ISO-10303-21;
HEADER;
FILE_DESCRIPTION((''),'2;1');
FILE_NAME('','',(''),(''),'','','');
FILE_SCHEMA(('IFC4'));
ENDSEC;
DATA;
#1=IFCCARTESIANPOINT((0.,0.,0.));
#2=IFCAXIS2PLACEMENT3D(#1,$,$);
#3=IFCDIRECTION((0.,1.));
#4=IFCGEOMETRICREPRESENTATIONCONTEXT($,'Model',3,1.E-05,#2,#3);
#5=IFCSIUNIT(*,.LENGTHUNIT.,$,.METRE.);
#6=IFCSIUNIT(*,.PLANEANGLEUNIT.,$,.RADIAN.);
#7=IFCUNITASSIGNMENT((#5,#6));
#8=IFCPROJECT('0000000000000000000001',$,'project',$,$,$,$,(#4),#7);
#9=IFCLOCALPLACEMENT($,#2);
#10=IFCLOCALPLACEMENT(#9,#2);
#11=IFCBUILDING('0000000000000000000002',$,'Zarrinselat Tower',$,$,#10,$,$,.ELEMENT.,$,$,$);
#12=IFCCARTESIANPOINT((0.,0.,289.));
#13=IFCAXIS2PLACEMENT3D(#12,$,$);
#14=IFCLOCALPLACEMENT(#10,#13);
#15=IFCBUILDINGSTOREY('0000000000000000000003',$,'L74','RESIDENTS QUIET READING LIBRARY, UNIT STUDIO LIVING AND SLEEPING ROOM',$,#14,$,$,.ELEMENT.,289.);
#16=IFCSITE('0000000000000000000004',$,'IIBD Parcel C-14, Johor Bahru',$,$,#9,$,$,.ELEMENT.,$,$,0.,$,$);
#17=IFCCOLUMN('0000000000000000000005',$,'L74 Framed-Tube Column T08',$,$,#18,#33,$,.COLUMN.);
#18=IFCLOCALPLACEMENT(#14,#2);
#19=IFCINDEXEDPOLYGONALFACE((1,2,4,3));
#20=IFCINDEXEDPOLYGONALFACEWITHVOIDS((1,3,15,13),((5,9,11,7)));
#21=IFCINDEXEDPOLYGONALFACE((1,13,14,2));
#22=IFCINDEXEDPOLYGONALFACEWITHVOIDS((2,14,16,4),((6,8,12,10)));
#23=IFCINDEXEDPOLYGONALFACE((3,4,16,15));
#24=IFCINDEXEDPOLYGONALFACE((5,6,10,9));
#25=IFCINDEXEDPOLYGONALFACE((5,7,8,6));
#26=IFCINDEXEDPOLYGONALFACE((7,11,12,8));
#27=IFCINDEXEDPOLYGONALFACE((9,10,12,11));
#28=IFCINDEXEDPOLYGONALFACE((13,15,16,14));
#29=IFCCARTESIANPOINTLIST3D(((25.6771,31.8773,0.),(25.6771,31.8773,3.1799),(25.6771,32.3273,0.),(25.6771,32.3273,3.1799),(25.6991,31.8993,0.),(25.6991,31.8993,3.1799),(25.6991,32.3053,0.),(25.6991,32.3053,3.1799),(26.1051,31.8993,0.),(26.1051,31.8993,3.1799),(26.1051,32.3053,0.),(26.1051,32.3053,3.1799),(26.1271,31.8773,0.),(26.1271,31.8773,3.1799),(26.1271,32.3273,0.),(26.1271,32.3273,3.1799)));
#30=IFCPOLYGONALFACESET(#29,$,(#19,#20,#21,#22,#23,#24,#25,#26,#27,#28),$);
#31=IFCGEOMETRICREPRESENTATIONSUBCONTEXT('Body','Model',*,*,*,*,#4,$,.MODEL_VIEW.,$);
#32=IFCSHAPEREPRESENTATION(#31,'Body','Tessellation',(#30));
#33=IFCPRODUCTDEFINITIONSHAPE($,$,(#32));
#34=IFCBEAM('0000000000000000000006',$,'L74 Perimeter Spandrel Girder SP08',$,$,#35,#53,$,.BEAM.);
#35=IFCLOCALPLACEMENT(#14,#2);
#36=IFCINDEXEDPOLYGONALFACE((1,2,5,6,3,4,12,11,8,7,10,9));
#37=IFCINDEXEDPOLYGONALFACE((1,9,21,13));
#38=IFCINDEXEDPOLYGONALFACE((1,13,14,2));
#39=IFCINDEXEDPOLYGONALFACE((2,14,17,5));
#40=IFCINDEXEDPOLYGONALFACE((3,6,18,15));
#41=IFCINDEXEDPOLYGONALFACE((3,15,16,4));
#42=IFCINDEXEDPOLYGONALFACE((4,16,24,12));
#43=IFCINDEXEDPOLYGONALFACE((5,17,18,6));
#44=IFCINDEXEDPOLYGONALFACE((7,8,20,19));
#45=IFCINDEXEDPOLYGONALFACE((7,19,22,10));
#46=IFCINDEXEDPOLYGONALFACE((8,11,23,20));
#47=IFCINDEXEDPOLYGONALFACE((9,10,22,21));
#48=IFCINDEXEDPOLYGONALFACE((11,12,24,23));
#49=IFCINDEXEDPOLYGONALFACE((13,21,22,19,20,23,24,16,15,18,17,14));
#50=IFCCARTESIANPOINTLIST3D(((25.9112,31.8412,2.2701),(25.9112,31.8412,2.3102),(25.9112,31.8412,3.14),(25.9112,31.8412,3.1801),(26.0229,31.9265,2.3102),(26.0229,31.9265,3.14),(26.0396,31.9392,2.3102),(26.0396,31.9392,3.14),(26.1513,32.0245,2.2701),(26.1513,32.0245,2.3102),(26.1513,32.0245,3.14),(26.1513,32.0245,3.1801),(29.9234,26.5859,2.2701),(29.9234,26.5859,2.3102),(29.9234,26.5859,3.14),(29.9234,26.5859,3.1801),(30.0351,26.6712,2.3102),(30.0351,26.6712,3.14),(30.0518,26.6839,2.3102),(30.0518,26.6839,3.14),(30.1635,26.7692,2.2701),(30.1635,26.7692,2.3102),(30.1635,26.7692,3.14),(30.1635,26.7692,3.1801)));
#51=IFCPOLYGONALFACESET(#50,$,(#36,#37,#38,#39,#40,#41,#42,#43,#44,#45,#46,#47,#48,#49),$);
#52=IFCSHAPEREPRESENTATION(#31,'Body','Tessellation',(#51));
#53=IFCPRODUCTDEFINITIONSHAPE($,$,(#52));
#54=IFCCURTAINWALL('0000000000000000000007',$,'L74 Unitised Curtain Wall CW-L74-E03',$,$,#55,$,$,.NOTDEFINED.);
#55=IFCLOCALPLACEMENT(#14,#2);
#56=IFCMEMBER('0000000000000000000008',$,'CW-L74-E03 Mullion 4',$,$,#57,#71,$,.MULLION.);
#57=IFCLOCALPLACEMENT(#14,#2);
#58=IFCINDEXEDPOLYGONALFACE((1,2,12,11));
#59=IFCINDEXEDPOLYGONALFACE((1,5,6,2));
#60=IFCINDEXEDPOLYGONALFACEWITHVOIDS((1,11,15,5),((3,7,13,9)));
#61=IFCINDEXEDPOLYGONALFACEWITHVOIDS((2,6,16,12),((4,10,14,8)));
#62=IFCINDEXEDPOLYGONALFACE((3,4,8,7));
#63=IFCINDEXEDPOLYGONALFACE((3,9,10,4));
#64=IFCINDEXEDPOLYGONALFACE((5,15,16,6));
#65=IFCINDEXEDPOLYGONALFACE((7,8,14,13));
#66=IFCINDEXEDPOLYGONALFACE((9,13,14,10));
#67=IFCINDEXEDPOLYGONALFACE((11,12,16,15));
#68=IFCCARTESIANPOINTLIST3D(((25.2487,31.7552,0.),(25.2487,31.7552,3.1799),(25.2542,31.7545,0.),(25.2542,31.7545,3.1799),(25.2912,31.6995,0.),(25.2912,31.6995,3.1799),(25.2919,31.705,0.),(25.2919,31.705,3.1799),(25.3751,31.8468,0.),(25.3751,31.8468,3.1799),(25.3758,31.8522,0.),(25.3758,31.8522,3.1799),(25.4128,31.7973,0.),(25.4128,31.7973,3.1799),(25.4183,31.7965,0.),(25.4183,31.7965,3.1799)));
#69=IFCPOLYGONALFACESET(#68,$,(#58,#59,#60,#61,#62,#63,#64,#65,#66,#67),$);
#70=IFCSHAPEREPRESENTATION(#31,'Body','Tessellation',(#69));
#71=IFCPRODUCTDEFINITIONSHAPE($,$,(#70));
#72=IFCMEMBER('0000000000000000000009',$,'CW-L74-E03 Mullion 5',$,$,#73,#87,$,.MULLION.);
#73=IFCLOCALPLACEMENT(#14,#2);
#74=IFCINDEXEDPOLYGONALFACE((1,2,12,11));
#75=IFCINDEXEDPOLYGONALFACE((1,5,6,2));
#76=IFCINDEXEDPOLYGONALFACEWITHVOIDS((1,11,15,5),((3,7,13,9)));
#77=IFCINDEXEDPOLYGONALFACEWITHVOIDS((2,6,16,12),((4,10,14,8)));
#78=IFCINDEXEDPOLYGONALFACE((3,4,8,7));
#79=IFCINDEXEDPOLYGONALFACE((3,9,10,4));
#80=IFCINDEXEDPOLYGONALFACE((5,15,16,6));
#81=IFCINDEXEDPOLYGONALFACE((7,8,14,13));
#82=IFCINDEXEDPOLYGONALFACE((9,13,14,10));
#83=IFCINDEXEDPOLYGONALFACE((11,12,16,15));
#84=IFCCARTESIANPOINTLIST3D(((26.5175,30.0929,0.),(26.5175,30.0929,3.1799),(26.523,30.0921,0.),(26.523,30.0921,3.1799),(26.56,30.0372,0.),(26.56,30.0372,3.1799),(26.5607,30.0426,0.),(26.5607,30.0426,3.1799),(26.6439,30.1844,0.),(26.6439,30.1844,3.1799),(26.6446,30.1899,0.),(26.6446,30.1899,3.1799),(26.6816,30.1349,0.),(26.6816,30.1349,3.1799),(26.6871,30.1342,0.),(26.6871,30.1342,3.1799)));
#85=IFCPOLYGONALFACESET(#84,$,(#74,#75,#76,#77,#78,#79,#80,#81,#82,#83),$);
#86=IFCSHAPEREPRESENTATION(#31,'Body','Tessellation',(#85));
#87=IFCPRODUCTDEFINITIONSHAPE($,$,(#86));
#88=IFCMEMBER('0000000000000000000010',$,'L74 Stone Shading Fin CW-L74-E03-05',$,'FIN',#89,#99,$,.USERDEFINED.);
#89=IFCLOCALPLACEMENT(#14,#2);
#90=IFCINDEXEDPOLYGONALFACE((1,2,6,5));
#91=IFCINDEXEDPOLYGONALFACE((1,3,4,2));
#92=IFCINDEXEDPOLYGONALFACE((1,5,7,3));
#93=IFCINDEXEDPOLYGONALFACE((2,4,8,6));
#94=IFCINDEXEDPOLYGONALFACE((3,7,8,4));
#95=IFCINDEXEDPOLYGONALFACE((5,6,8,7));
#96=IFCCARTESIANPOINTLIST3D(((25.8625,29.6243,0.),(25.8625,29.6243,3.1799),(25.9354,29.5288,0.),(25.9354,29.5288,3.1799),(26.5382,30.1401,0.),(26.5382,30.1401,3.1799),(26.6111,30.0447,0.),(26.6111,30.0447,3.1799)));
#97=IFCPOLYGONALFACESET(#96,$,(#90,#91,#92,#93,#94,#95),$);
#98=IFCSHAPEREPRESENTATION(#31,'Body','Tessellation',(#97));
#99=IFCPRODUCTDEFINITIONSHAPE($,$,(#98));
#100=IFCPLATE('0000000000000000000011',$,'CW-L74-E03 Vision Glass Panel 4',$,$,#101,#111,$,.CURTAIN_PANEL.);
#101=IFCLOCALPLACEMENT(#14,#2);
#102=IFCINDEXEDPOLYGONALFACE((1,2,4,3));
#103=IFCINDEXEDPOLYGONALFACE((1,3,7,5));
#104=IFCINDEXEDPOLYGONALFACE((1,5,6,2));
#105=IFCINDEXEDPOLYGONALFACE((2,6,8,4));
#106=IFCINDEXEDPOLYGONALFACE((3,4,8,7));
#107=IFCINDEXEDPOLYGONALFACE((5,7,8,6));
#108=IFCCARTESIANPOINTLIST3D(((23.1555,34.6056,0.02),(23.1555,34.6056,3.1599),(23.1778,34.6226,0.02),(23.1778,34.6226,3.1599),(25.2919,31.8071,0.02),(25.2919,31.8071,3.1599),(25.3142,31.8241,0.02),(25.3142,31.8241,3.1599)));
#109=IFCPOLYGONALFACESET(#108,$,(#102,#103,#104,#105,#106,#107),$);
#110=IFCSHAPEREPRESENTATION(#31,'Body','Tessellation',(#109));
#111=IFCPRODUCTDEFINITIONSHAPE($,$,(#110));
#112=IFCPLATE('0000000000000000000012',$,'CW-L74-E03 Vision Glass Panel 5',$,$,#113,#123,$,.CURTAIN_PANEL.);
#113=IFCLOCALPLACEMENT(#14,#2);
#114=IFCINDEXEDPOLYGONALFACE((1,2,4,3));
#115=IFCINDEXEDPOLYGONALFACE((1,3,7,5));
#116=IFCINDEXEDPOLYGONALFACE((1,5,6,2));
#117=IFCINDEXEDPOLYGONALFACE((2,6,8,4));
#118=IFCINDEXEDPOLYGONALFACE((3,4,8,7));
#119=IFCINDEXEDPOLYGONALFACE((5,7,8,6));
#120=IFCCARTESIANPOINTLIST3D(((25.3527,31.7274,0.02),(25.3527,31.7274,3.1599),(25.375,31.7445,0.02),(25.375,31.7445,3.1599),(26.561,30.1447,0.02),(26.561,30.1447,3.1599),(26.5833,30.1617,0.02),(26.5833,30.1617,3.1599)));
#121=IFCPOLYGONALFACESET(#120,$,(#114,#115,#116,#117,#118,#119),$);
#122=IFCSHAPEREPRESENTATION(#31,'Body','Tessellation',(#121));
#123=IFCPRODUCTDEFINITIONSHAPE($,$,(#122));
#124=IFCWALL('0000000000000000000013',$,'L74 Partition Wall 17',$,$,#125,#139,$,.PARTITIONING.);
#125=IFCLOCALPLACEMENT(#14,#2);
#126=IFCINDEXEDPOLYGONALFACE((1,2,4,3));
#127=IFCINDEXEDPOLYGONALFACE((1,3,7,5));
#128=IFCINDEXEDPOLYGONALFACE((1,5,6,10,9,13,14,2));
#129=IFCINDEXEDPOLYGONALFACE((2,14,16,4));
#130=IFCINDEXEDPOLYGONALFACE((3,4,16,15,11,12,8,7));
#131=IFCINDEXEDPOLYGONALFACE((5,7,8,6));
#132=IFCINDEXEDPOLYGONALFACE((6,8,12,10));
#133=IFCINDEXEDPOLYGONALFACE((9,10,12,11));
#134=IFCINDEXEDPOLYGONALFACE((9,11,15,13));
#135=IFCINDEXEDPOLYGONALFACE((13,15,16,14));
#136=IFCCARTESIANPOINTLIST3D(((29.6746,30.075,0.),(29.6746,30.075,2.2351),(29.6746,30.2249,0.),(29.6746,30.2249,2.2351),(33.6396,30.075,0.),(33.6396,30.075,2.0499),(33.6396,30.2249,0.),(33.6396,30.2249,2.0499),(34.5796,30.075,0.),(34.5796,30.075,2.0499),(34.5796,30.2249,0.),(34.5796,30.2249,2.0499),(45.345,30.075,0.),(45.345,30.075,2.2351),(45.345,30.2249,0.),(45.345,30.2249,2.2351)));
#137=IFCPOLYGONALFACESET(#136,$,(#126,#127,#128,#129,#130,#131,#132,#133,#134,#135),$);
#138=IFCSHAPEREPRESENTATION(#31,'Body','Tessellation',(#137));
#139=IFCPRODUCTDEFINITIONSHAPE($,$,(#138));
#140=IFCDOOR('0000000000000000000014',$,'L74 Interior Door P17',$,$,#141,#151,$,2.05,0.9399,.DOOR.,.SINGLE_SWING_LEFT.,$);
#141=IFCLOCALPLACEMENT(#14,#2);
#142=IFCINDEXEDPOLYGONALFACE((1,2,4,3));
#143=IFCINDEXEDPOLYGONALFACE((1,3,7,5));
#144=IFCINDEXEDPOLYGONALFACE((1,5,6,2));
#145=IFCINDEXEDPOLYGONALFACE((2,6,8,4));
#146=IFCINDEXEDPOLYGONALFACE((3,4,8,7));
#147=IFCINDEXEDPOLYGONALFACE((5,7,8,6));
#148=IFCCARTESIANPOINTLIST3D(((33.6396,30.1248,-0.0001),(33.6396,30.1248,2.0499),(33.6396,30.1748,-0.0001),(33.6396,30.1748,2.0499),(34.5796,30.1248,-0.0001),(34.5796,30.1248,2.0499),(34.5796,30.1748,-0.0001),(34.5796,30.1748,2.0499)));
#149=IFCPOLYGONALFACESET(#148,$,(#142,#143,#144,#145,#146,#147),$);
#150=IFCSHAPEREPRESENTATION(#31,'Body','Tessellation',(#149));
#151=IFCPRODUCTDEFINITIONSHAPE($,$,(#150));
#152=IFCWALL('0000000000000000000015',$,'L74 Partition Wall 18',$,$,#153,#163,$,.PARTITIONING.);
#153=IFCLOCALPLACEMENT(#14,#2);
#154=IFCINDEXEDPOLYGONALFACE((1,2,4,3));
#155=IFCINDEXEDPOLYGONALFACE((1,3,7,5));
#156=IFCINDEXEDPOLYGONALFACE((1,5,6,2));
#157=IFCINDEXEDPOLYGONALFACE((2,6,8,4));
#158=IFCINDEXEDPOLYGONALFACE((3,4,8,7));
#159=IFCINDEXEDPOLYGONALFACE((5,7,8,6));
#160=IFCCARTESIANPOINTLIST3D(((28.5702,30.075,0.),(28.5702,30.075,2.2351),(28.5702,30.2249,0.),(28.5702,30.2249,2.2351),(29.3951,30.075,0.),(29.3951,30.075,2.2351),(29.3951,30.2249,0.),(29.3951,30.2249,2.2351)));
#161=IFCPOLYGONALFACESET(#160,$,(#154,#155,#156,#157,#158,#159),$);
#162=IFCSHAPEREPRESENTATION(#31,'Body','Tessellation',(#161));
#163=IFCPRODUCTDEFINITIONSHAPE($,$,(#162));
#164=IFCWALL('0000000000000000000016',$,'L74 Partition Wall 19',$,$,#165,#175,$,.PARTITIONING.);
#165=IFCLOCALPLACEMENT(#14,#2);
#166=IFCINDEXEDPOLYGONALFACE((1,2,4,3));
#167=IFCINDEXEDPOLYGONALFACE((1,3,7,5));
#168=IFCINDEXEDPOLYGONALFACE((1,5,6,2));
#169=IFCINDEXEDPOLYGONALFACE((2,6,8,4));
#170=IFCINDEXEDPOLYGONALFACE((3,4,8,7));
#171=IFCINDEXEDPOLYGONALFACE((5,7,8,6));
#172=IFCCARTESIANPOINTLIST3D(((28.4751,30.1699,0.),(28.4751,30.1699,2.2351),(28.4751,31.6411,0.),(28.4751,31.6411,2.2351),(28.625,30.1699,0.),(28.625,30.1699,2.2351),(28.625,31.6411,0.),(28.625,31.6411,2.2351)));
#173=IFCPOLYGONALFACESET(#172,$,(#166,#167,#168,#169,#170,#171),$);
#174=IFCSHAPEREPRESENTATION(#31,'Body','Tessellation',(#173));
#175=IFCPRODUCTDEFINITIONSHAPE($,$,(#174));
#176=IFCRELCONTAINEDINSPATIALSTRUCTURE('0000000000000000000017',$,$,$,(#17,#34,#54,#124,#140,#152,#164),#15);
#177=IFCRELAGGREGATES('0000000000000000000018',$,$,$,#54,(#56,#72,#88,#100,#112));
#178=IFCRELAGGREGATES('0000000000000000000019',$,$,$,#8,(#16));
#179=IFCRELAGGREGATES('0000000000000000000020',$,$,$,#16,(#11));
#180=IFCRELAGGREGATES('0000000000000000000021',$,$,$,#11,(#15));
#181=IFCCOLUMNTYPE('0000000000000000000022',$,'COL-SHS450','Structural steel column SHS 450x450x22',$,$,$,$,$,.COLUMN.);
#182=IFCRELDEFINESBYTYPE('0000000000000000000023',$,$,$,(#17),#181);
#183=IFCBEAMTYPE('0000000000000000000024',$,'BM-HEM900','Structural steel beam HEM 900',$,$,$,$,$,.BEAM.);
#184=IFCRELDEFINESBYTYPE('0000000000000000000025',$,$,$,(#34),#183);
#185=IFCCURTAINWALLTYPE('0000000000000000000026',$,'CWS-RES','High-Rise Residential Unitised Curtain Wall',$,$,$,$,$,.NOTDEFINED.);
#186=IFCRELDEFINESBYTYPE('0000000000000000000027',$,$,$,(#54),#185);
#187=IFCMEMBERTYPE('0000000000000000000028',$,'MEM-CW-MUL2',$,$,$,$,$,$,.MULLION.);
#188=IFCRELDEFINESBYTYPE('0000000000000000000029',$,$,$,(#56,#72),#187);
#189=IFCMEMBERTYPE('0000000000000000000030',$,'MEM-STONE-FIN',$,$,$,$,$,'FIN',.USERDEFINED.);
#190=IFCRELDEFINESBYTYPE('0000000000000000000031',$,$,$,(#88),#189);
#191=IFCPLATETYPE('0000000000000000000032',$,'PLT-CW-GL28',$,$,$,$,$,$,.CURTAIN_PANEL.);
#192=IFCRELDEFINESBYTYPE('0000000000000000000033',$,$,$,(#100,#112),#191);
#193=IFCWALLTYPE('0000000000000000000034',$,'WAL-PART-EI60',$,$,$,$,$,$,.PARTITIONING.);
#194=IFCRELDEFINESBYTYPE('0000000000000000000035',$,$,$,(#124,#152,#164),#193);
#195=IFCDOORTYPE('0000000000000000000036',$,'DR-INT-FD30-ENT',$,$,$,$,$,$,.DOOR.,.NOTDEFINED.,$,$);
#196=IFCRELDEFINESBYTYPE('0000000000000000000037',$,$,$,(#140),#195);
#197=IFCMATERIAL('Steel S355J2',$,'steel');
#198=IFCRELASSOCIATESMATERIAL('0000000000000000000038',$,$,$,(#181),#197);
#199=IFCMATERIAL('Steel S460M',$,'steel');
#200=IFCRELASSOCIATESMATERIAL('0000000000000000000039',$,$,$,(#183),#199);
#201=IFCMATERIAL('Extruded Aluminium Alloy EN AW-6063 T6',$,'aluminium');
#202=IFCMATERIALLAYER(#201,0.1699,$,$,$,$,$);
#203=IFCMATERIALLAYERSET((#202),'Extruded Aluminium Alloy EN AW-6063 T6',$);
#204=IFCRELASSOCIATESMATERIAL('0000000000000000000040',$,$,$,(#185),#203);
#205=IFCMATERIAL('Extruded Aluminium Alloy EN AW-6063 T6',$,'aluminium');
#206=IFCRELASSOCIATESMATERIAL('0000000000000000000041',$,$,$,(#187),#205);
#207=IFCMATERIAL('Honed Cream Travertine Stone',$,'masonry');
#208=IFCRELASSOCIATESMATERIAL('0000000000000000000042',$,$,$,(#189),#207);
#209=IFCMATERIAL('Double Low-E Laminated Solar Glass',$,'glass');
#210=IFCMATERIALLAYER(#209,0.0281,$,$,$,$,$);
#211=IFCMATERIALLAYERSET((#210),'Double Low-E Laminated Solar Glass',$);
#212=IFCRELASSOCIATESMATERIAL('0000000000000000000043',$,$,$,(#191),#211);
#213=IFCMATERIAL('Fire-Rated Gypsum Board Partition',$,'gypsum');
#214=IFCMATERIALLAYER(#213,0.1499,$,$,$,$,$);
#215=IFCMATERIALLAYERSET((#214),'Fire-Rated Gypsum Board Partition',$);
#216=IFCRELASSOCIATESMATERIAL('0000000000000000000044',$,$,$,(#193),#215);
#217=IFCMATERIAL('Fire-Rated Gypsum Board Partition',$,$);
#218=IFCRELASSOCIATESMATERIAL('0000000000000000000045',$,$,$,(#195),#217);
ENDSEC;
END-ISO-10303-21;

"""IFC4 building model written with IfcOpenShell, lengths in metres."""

from ifc_helpers import new_model, si_unit, direction, frame, frame_2d, origin, origin_2d, place, context, subcontext, project, spatial, rectangle, hollow_rectangle, i_section, extrude, material, layer, layer_set, material_profile, profile_set, type_object, element, fill, aggregate, save


model = new_model("IFC4")

# Units and contexts
model_context = context("Model", 3, precision=1e-05, world=origin(), true_north=direction((0.0, 1.0)))
body_context = subcontext(model_context, "Body", "Model", "MODEL_VIEW")
ifc_project = project(units=[si_unit("LENGTHUNIT", "METRE"), si_unit("PLANEANGLEUNIT", "RADIAN")], contexts=[model_context])

# Site, building, storey
site_placement = place(None, origin())
site = spatial("IfcSite", under=ifc_project, at=site_placement, Name="IIBD Parcel C-14, Johor Bahru", CompositionType="ELEMENT", RefElevation=0.0)
building_placement = place(site_placement, origin())
building = spatial("IfcBuilding", under=site, at=building_placement, Name="Zarrinselat Tower", CompositionType="ELEMENT")
storey_placement = place(building_placement, frame((0.0, 0.0, 289.0)))
storey = spatial("IfcBuildingStorey", under=building, at=storey_placement, Name="L74", Description="RESIDENTS QUIET READING LIBRARY, UNIT STUDIO LIVING AND SLEEPING ROOM", CompositionType="ELEMENT", Elevation=289.0)

# Column
ifc_material_1 = material(Name="Steel S355J2", Category="steel")
ifc_material_profile_1 = material_profile(ifc_material_1, hollow_rectangle(XDim=0.45, YDim=0.45, WallThickness=0.022, at=origin_2d()), Name="SHS 450x450x22")
ifc_profile_set_1 = profile_set([ifc_material_profile_1], Name="Steel S355J2")
column_type = type_object("IfcColumnType", Name="COL-SHS450", Description="Structural steel column SHS 450x450x22", PredefinedType="COLUMN", material=ifc_profile_set_1)
column_placement = place(storey_placement, frame((25.9021, 32.1023, 0.0), z_axis=(0.0, 0.0, 1.0), x_axis=(1.0, 0.0, 0.0)))
element("IfcColumn", 1, at=column_placement, inside=storey, type_object=column_type, Name="L74 Framed-Tube Column T08", PredefinedType="COLUMN", context=body_context, shape_type="SweptSolid", body=[
    extrude(hollow_rectangle(XDim=0.45, YDim=0.45, WallThickness=0.022, at=origin_2d()), origin(), (0.0, 0.0, 1.0), 3.1799),
])

# Beam
ifc_material_2 = material(Name="Steel S460M", Category="steel")
ifc_material_profile_2 = material_profile(ifc_material_2, i_section(OverallWidth=0.302, OverallDepth=0.9099, WebThickness=0.021, FlangeThickness=0.04, at=origin_2d()), Name="HEM 900")
ifc_profile_set_2 = profile_set([ifc_material_profile_2], Name="Steel S460M")
beam_type = type_object("IfcBeamType", Name="BM-HEM900", Description="Structural steel beam HEM 900", PredefinedType="BEAM", material=ifc_profile_set_2)
beam_placement = place(storey_placement, frame((26.0312, 31.9329, 2.7251), z_axis=(0.606819, -0.79484, 0.0), x_axis=(0.79484, 0.606819, 0.0)))
element("IfcBeam", 2, at=beam_placement, inside=storey, type_object=beam_type, Name="L74 Perimeter Spandrel Girder SP08", PredefinedType="BEAM", context=body_context, shape_type="SweptSolid", body=[
    extrude(i_section(OverallWidth=0.302, OverallDepth=0.9099, WebThickness=0.021, FlangeThickness=0.04, at=origin_2d()), origin(), (0.0, 0.0, 1.0), 6.6118),
])

# Curtain wall, members, plates
ifc_material_3 = material(Name="Extruded Aluminium Alloy EN AW-6063 T6", Category="aluminium")
ifc_layer_1 = layer(ifc_material_3, 0.1699)
ifc_layer_set_1 = layer_set([ifc_layer_1], Name="Extruded Aluminium Alloy EN AW-6063 T6")
curtain_wall_type = type_object("IfcCurtainWallType", Name="CWS-RES", Description="High-Rise Residential Unitised Curtain Wall", PredefinedType="NOTDEFINED", material=ifc_layer_set_1)
curtain_wall_placement = place(storey_placement, origin())
curtain_wall = element("IfcCurtainWall", 3, at=curtain_wall_placement, inside=storey, type_object=curtain_wall_type, Name="L74 Unitised Curtain Wall CW-L74-E03", PredefinedType="NOTDEFINED")
ifc_material_4 = material(Name="Extruded Aluminium Alloy EN AW-6063 T6", Category="aluminium")
ifc_material_profile_3 = material_profile(ifc_material_4, hollow_rectangle(XDim=0.0701, YDim=0.1599, WallThickness=0.0039, at=origin_2d()), Name="RHS 160x70x4")
ifc_profile_set_3 = profile_set([ifc_material_profile_3], Name="Extruded Aluminium Alloy EN AW-6063 T6")
member_type_1 = type_object("IfcMemberType", Name="MEM-CW-MUL2", PredefinedType="MULLION", material=ifc_profile_set_3)
member_1_placement = place(storey_placement, frame((25.3335, 31.7759, 0.0), z_axis=(0.0, 0.0, 1.0), x_axis=(0.606802, -0.794853, 0.0)))
member_1 = element("IfcMember", 4, at=member_1_placement, type_object=member_type_1, Name="CW-L74-E03 Mullion 4", PredefinedType="MULLION", context=body_context, shape_type="SweptSolid", body=[
    extrude(hollow_rectangle(XDim=0.0701, YDim=0.1599, WallThickness=0.0039, at=origin_2d()), origin(), (0.0, 0.0, 1.0), 3.1799),
])
member_2_placement = place(storey_placement, frame((26.6023, 30.1135, 0.0), z_axis=(0.0, 0.0, 1.0), x_axis=(0.606802, -0.794853, 0.0)))
member_2 = element("IfcMember", 5, at=member_2_placement, type_object=member_type_1, Name="CW-L74-E03 Mullion 5", PredefinedType="MULLION", context=body_context, shape_type="SweptSolid", body=[
    extrude(hollow_rectangle(XDim=0.0701, YDim=0.1599, WallThickness=0.0039, at=origin_2d()), origin(), (0.0, 0.0, 1.0), 3.1799),
])
ifc_material_5 = material(Name="Honed Cream Travertine Stone", Category="masonry")
ifc_material_profile_4 = material_profile(ifc_material_5, rectangle(XDim=0.1201, YDim=0.8501, at=origin_2d()), Name="FIN 850x120")
ifc_profile_set_4 = profile_set([ifc_material_profile_4], Name="Honed Cream Travertine Stone")
member_type_2 = type_object("IfcMemberType", Name="MEM-STONE-FIN", ElementType="FIN", PredefinedType="USERDEFINED", material=ifc_profile_set_4)
member_3_placement = place(storey_placement, frame((26.2368, 29.8345, 0.0), z_axis=(0.0, 0.0, 1.0), x_axis=(-0.606802, 0.794853, 0.0)))
member_3 = element("IfcMember", 6, at=member_3_placement, type_object=member_type_2, Name="L74 Stone Shading Fin CW-L74-E03-05", ObjectType="FIN", PredefinedType="USERDEFINED", context=body_context, shape_type="SweptSolid", body=[
    extrude(rectangle(XDim=0.1201, YDim=0.8501, at=origin_2d()), origin(), (0.0, 0.0, 1.0), 3.1799),
])
ifc_material_6 = material(Name="Double Low-E Laminated Solar Glass", Category="glass")
ifc_layer_2 = layer(ifc_material_6, 0.0281)
ifc_layer_set_2 = layer_set([ifc_layer_2], Name="Double Low-E Laminated Solar Glass")
plate_type = type_object("IfcPlateType", Name="PLT-CW-GL28", PredefinedType="CURTAIN_PANEL", material=ifc_layer_set_2)
plate_1_placement = place(storey_placement, frame((24.2349, 33.2148, 0.02), z_axis=(0.0, 0.0, 1.0), x_axis=(0.606802, -0.794853, 0.0)))
plate_1 = element("IfcPlate", 7, at=plate_1_placement, type_object=plate_type, Name="CW-L74-E03 Vision Glass Panel 4", PredefinedType="CURTAIN_PANEL", context=body_context, shape_type="SweptSolid", body=[
    extrude(rectangle(XDim=3.5208, YDim=0.0281, at=origin_2d()), origin(), (0.0, 0.0, 1.0), 3.1399),
])
plate_2_placement = place(storey_placement, frame((25.968, 30.9446, 0.02), z_axis=(0.0, 0.0, 1.0), x_axis=(0.606802, -0.794853, 0.0)))
plate_2 = element("IfcPlate", 8, at=plate_2_placement, type_object=plate_type, Name="CW-L74-E03 Vision Glass Panel 5", PredefinedType="CURTAIN_PANEL", context=body_context, shape_type="SweptSolid", body=[
    extrude(rectangle(XDim=1.9912, YDim=0.0281, at=origin_2d()), origin(), (0.0, 0.0, 1.0), 3.1399),
])
aggregate(curtain_wall, [member_1, member_2, member_3, plate_1, plate_2])

# Wall, opening, door
ifc_material_7 = material(Name="Fire-Rated Gypsum Board Partition", Category="gypsum")
ifc_layer_3 = layer(ifc_material_7, 0.1499)
ifc_layer_set_3 = layer_set([ifc_layer_3], Name="Fire-Rated Gypsum Board Partition")
wall_type_1 = type_object("IfcWallType", Name="WAL-PART-EI60", PredefinedType="PARTITIONING", material=ifc_layer_set_3)
wall_1_placement = place(storey_placement, frame((29.6746, 30.1499, 0.0), z_axis=(0.0, 0.0, 1.0), x_axis=(1.0, 0.0, 0.0)))
wall_1 = element("IfcWall", 9, at=wall_1_placement, inside=storey, type_object=wall_type_1, Name="L74 Partition Wall 17", PredefinedType="PARTITIONING", context=body_context, shape_type="SweptSolid", body=[
    extrude(rectangle(XDim=15.6704, YDim=0.1499, at=frame_2d((7.8352, 0.0))), origin(), (0.0, 0.0, 1.0), 2.2351),
])
opening_1_placement = place(wall_1_placement, frame((3.9651, 0.0, 0.0)))
opening_1 = element("IfcOpeningElement", 10, at=opening_1_placement, cuts=wall_1, PredefinedType="OPENING", context=body_context, shape_type="SweptSolid", body=[
    extrude(rectangle(XDim=0.9399, YDim=2.05, at=frame_2d((0.47, 1.0249))), frame((0.0, 0.085, 0.0), z_axis=(0.0, -1.0, 0.0), x_axis=(1.0, 0.0, 0.0)), (0.0, 0.0, 1.0), 0.1699),
])
ifc_material_8 = material(Name="Fire-Rated Gypsum Board Partition")
door_type_1 = type_object("IfcDoorType", Name="DR-INT-FD30-ENT", OperationType="NOTDEFINED", PredefinedType="DOOR", material=ifc_material_8)
door_1_placement = place(opening_1_placement, origin())
door_1 = element("IfcDoor", 11, at=door_1_placement, inside=storey, type_object=door_type_1, Name="L74 Interior Door P17", OperationType="SINGLE_SWING_LEFT", OverallHeight=2.05, OverallWidth=0.9399, PredefinedType="DOOR", context=body_context, shape_type="SweptSolid", body=[
    extrude(rectangle(XDim=0.9399, YDim=2.05, at=frame_2d((0.47, 1.0249))), frame((0.0, 0.0249, 0.0), z_axis=(0.0, -1.0, 0.0), x_axis=(1.0, 0.0, 0.0)), (0.0, 0.0, 1.0), 0.05),
])
fill(opening_1, door_1)

# Walls
wall_2_placement = place(storey_placement, frame((28.5701, 30.1499, 0.0), z_axis=(0.0, 0.0, 1.0), x_axis=(1.0, 0.0, 0.0)))
element("IfcWall", 12, at=wall_2_placement, inside=storey, type_object=wall_type_1, Name="L74 Partition Wall 18", PredefinedType="PARTITIONING", context=body_context, shape_type="SweptSolid", body=[
    extrude(rectangle(XDim=0.825, YDim=0.1499, at=frame_2d((0.4126, 0.0))), origin(), (0.0, 0.0, 1.0), 2.2351),
])
wall_3_placement = place(storey_placement, frame((28.55, 30.1699, 0.0), z_axis=(0.0, 0.0, 1.0), x_axis=(0.0, 1.0, 0.0)))
element("IfcWall", 13, at=wall_3_placement, inside=storey, type_object=wall_type_1, Name="L74 Partition Wall 19", PredefinedType="PARTITIONING", context=body_context, shape_type="SweptSolid", body=[
    extrude(rectangle(XDim=1.4712, YDim=0.1499, at=frame_2d((0.7356, 0.0))), origin(), (0.0, 0.0, 1.0), 2.2351),
])

save(model, "model.ifc")
